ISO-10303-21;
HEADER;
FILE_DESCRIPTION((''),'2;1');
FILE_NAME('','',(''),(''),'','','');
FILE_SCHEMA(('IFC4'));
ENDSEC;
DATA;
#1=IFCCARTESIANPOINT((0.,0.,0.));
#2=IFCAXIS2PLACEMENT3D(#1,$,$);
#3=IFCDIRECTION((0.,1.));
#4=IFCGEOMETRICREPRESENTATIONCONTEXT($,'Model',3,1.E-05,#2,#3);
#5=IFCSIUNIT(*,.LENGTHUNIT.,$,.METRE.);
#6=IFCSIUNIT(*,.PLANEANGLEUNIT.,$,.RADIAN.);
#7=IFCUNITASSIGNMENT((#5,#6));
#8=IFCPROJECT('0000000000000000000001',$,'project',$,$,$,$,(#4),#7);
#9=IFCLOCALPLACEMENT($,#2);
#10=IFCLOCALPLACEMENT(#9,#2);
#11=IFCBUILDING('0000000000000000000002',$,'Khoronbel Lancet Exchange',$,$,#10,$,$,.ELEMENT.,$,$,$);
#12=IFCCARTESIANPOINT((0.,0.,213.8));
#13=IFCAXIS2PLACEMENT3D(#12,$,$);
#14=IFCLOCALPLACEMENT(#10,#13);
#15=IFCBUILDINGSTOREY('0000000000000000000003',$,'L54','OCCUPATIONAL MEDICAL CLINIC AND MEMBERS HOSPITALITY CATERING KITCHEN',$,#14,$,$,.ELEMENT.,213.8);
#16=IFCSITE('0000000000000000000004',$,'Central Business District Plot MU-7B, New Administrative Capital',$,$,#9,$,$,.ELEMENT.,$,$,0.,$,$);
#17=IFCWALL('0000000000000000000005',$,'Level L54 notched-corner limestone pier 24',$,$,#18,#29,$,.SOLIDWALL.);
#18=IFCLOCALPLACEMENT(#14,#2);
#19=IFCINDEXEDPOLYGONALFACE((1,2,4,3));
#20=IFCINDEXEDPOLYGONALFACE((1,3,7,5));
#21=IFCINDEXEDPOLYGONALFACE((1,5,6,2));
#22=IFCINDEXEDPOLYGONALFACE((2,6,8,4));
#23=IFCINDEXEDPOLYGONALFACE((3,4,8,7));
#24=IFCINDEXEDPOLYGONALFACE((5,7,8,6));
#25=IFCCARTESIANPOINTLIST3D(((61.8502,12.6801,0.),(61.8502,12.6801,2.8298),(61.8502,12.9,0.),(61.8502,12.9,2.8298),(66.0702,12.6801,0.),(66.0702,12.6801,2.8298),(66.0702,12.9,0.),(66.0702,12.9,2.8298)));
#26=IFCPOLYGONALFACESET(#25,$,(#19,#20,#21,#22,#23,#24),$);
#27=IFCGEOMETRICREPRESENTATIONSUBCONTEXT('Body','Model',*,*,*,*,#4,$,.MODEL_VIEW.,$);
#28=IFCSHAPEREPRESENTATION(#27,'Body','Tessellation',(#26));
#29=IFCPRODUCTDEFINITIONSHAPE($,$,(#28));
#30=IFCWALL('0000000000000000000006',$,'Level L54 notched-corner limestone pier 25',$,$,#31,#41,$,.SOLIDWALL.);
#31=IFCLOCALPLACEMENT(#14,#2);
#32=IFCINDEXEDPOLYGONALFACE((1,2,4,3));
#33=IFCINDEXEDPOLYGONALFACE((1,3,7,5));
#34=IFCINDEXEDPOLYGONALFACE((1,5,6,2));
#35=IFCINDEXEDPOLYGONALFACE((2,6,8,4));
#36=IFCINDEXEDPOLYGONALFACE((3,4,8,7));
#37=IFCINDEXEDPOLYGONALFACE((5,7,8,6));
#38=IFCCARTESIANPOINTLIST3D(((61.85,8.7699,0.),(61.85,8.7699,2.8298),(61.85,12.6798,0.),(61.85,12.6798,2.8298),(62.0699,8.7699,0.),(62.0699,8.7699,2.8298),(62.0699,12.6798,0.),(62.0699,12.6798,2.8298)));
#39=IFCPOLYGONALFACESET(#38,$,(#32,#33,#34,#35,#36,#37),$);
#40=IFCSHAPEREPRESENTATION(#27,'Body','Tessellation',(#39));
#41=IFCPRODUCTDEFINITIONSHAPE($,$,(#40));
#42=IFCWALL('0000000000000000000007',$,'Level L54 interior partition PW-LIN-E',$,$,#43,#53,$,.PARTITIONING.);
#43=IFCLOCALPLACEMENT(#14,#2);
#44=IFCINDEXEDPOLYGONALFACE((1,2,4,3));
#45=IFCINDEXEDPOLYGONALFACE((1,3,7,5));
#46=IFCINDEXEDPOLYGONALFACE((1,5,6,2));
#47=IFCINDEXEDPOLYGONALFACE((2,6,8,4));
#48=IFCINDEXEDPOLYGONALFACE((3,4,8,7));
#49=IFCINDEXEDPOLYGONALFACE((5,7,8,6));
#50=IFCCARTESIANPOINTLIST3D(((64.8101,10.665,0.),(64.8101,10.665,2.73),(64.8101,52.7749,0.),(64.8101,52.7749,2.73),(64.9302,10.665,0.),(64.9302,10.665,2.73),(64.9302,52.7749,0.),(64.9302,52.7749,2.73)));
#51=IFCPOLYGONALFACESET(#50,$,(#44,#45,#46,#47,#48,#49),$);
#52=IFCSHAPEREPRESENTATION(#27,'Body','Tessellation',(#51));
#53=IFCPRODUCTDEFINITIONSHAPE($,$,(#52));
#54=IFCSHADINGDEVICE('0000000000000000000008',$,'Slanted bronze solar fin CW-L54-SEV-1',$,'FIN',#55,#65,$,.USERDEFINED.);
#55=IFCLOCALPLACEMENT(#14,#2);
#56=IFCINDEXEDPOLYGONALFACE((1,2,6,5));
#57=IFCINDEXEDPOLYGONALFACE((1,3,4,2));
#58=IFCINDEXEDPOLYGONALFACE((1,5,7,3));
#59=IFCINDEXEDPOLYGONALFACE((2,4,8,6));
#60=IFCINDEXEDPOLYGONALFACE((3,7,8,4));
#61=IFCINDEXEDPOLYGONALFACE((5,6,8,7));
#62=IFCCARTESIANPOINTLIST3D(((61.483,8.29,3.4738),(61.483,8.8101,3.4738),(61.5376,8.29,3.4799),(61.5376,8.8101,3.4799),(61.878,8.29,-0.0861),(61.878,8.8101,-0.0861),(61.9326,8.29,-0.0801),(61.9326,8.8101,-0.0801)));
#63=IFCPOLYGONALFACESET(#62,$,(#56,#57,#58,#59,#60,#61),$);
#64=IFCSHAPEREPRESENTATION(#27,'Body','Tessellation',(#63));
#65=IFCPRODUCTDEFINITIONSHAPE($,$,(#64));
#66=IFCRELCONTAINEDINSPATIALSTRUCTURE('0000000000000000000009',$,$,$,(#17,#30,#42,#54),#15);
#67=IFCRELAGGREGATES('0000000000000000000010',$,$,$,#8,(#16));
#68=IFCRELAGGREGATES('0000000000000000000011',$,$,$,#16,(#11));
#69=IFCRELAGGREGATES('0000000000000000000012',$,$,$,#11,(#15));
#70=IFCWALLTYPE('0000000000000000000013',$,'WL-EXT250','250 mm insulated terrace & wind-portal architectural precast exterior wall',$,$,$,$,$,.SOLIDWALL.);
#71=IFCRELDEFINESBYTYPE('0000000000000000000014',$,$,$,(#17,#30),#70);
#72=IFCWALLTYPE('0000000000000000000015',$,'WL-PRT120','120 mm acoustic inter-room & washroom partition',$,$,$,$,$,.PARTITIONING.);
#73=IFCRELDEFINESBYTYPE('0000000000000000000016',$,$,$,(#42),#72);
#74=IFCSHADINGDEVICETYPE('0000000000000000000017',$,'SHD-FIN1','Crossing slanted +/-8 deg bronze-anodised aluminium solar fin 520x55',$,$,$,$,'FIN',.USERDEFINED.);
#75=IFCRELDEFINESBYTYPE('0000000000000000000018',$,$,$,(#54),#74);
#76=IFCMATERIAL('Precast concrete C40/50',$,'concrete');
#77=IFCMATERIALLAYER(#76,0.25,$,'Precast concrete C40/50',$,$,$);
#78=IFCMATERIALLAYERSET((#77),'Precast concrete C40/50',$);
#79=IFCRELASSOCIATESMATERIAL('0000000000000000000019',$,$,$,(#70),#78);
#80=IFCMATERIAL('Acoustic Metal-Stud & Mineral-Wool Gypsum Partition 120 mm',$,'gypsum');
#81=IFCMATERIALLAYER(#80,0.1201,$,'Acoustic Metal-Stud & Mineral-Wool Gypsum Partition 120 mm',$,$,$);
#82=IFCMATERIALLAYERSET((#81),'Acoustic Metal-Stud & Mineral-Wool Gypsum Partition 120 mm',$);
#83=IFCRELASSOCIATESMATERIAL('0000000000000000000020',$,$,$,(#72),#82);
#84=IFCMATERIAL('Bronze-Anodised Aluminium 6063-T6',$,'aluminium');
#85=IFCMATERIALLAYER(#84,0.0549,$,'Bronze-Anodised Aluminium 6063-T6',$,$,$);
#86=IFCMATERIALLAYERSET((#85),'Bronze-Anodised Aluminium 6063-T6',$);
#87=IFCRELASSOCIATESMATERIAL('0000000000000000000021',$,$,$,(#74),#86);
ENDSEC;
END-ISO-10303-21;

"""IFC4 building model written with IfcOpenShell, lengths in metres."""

from ifc_helpers import new_model, si_unit, direction, frame, frame_2d, origin, place, context, subcontext, project, spatial, polyline, rectangle, outline, extrude, material, layer, layer_set, type_object, element, save


model = new_model("IFC4")

# Units and contexts
model_context = context("Model", 3, precision=1e-05, world=origin(), true_north=direction((0.0, 1.0)))
body_context = subcontext(model_context, "Body", "Model", "MODEL_VIEW")
ifc_project = project(units=[si_unit("LENGTHUNIT", "METRE"), si_unit("PLANEANGLEUNIT", "RADIAN")], contexts=[model_context])

# Site, building, storey
site_placement = place(None, origin())
site = spatial("IfcSite", under=ifc_project, at=site_placement, Name="Central Business District Plot MU-7B, New Administrative Capital", CompositionType="ELEMENT", RefElevation=0.0)
building_placement = place(site_placement, origin())
building = spatial("IfcBuilding", under=site, at=building_placement, Name="Khoronbel Lancet Exchange", CompositionType="ELEMENT")
storey_placement = place(building_placement, frame((0.0, 0.0, 213.8)))
storey = spatial("IfcBuildingStorey", under=building, at=storey_placement, Name="L54", Description="OCCUPATIONAL MEDICAL CLINIC AND MEMBERS HOSPITALITY CATERING KITCHEN", CompositionType="ELEMENT", Elevation=213.8)

# Shared definitions
ifc_material_1 = material(Name="Bronze-Anodised Aluminium 6063-T6", Category="aluminium")

# Walls
ifc_material_2 = material(Name="Precast concrete C40/50", Category="concrete")
ifc_layer_1 = layer(ifc_material_2, 0.25, Name="Precast concrete C40/50")
ifc_layer_set_1 = layer_set([ifc_layer_1], Name="Precast concrete C40/50")
wall_type_1 = type_object("IfcWallType", Name="WL-EXT250", Description="250 mm insulated terrace & wind-portal architectural precast exterior wall", PredefinedType="SOLIDWALL", material=ifc_layer_set_1)
wall_1_placement = place(storey_placement, frame((66.0701, 12.79, 0.0), z_axis=(0.0, 0.0, 1.0), x_axis=(-1.0, 0.0, 0.0)))
element("IfcWall", 1, at=wall_1_placement, inside=storey, type_object=wall_type_1, Name="Level L54 notched-corner limestone pier 24", PredefinedType="SOLIDWALL", context=body_context, shape_type="SweptSolid", body=[
    extrude(rectangle(XDim=4.22, YDim=0.22, at=frame_2d((2.1099, 0.0))), origin(), (0.0, 0.0, 1.0), 2.8298),
])
wall_2_placement = place(storey_placement, frame((61.96, 12.6799, 0.0), z_axis=(0.0, 0.0, 1.0), x_axis=(0.0, -1.0, 0.0)))
element("IfcWall", 2, at=wall_2_placement, inside=storey, type_object=wall_type_1, Name="Level L54 notched-corner limestone pier 25", PredefinedType="SOLIDWALL", context=body_context, shape_type="SweptSolid", body=[
    extrude(rectangle(XDim=3.9099, YDim=0.22, at=frame_2d((1.9551, 0.0))), origin(), (0.0, 0.0, 1.0), 2.8298),
])
ifc_material_3 = material(Name="Acoustic Metal-Stud & Mineral-Wool Gypsum Partition 120 mm", Category="gypsum")
ifc_layer_2 = layer(ifc_material_3, 0.1201, Name="Acoustic Metal-Stud & Mineral-Wool Gypsum Partition 120 mm")
ifc_layer_set_2 = layer_set([ifc_layer_2], Name="Acoustic Metal-Stud & Mineral-Wool Gypsum Partition 120 mm")
wall_type_2 = type_object("IfcWallType", Name="WL-PRT120", Description="120 mm acoustic inter-room & washroom partition", PredefinedType="PARTITIONING", material=ifc_layer_set_2)
wall_3_placement = place(storey_placement, frame((64.8701, 10.665, 0.0), z_axis=(0.0, 0.0, 1.0), x_axis=(0.0, 1.0, 0.0)))
element("IfcWall", 3, at=wall_3_placement, inside=storey, type_object=wall_type_2, Name="Level L54 interior partition PW-LIN-E", PredefinedType="PARTITIONING", context=body_context, shape_type="SweptSolid", body=[
    extrude(rectangle(XDim=42.1099, YDim=0.1201, at=frame_2d((21.0549, 0.0))), origin(), (0.0, 0.0, 1.0), 2.73),
])

# Shading device
ifc_layer_3 = layer(ifc_material_1, 0.0549, Name="Bronze-Anodised Aluminium 6063-T6")
ifc_layer_set_3 = layer_set([ifc_layer_3], Name="Bronze-Anodised Aluminium 6063-T6")
shading_device_type = type_object("IfcShadingDeviceType", Name="SHD-FIN1", Description="Crossing slanted +/-8 deg bronze-anodised aluminium solar fin 520x55", ElementType="FIN", PredefinedType="USERDEFINED", material=ifc_layer_set_3)
shading_device_placement = place(storey_placement, frame((61.9326, 8.8101, -0.0801), z_axis=(0.9939, 0.0, 0.110282), x_axis=(0.0, -1.0, 0.0)))
element("IfcShadingDevice", 4, at=shading_device_placement, inside=storey, type_object=shading_device_type, Name="Slanted bronze solar fin CW-L54-SEV-1", ObjectType="FIN", PredefinedType="USERDEFINED", context=body_context, shape_type="SweptSolid", body=[
    extrude(outline(polyline([(0.0, 0.0), (0.52, 0.0), (0.52, -3.5818), (0.0, -3.5818), (0.0, 0.0)])), origin(), (0.0, 0.0, -1.0), 0.0549),
])

save(model, "model.ifc")
